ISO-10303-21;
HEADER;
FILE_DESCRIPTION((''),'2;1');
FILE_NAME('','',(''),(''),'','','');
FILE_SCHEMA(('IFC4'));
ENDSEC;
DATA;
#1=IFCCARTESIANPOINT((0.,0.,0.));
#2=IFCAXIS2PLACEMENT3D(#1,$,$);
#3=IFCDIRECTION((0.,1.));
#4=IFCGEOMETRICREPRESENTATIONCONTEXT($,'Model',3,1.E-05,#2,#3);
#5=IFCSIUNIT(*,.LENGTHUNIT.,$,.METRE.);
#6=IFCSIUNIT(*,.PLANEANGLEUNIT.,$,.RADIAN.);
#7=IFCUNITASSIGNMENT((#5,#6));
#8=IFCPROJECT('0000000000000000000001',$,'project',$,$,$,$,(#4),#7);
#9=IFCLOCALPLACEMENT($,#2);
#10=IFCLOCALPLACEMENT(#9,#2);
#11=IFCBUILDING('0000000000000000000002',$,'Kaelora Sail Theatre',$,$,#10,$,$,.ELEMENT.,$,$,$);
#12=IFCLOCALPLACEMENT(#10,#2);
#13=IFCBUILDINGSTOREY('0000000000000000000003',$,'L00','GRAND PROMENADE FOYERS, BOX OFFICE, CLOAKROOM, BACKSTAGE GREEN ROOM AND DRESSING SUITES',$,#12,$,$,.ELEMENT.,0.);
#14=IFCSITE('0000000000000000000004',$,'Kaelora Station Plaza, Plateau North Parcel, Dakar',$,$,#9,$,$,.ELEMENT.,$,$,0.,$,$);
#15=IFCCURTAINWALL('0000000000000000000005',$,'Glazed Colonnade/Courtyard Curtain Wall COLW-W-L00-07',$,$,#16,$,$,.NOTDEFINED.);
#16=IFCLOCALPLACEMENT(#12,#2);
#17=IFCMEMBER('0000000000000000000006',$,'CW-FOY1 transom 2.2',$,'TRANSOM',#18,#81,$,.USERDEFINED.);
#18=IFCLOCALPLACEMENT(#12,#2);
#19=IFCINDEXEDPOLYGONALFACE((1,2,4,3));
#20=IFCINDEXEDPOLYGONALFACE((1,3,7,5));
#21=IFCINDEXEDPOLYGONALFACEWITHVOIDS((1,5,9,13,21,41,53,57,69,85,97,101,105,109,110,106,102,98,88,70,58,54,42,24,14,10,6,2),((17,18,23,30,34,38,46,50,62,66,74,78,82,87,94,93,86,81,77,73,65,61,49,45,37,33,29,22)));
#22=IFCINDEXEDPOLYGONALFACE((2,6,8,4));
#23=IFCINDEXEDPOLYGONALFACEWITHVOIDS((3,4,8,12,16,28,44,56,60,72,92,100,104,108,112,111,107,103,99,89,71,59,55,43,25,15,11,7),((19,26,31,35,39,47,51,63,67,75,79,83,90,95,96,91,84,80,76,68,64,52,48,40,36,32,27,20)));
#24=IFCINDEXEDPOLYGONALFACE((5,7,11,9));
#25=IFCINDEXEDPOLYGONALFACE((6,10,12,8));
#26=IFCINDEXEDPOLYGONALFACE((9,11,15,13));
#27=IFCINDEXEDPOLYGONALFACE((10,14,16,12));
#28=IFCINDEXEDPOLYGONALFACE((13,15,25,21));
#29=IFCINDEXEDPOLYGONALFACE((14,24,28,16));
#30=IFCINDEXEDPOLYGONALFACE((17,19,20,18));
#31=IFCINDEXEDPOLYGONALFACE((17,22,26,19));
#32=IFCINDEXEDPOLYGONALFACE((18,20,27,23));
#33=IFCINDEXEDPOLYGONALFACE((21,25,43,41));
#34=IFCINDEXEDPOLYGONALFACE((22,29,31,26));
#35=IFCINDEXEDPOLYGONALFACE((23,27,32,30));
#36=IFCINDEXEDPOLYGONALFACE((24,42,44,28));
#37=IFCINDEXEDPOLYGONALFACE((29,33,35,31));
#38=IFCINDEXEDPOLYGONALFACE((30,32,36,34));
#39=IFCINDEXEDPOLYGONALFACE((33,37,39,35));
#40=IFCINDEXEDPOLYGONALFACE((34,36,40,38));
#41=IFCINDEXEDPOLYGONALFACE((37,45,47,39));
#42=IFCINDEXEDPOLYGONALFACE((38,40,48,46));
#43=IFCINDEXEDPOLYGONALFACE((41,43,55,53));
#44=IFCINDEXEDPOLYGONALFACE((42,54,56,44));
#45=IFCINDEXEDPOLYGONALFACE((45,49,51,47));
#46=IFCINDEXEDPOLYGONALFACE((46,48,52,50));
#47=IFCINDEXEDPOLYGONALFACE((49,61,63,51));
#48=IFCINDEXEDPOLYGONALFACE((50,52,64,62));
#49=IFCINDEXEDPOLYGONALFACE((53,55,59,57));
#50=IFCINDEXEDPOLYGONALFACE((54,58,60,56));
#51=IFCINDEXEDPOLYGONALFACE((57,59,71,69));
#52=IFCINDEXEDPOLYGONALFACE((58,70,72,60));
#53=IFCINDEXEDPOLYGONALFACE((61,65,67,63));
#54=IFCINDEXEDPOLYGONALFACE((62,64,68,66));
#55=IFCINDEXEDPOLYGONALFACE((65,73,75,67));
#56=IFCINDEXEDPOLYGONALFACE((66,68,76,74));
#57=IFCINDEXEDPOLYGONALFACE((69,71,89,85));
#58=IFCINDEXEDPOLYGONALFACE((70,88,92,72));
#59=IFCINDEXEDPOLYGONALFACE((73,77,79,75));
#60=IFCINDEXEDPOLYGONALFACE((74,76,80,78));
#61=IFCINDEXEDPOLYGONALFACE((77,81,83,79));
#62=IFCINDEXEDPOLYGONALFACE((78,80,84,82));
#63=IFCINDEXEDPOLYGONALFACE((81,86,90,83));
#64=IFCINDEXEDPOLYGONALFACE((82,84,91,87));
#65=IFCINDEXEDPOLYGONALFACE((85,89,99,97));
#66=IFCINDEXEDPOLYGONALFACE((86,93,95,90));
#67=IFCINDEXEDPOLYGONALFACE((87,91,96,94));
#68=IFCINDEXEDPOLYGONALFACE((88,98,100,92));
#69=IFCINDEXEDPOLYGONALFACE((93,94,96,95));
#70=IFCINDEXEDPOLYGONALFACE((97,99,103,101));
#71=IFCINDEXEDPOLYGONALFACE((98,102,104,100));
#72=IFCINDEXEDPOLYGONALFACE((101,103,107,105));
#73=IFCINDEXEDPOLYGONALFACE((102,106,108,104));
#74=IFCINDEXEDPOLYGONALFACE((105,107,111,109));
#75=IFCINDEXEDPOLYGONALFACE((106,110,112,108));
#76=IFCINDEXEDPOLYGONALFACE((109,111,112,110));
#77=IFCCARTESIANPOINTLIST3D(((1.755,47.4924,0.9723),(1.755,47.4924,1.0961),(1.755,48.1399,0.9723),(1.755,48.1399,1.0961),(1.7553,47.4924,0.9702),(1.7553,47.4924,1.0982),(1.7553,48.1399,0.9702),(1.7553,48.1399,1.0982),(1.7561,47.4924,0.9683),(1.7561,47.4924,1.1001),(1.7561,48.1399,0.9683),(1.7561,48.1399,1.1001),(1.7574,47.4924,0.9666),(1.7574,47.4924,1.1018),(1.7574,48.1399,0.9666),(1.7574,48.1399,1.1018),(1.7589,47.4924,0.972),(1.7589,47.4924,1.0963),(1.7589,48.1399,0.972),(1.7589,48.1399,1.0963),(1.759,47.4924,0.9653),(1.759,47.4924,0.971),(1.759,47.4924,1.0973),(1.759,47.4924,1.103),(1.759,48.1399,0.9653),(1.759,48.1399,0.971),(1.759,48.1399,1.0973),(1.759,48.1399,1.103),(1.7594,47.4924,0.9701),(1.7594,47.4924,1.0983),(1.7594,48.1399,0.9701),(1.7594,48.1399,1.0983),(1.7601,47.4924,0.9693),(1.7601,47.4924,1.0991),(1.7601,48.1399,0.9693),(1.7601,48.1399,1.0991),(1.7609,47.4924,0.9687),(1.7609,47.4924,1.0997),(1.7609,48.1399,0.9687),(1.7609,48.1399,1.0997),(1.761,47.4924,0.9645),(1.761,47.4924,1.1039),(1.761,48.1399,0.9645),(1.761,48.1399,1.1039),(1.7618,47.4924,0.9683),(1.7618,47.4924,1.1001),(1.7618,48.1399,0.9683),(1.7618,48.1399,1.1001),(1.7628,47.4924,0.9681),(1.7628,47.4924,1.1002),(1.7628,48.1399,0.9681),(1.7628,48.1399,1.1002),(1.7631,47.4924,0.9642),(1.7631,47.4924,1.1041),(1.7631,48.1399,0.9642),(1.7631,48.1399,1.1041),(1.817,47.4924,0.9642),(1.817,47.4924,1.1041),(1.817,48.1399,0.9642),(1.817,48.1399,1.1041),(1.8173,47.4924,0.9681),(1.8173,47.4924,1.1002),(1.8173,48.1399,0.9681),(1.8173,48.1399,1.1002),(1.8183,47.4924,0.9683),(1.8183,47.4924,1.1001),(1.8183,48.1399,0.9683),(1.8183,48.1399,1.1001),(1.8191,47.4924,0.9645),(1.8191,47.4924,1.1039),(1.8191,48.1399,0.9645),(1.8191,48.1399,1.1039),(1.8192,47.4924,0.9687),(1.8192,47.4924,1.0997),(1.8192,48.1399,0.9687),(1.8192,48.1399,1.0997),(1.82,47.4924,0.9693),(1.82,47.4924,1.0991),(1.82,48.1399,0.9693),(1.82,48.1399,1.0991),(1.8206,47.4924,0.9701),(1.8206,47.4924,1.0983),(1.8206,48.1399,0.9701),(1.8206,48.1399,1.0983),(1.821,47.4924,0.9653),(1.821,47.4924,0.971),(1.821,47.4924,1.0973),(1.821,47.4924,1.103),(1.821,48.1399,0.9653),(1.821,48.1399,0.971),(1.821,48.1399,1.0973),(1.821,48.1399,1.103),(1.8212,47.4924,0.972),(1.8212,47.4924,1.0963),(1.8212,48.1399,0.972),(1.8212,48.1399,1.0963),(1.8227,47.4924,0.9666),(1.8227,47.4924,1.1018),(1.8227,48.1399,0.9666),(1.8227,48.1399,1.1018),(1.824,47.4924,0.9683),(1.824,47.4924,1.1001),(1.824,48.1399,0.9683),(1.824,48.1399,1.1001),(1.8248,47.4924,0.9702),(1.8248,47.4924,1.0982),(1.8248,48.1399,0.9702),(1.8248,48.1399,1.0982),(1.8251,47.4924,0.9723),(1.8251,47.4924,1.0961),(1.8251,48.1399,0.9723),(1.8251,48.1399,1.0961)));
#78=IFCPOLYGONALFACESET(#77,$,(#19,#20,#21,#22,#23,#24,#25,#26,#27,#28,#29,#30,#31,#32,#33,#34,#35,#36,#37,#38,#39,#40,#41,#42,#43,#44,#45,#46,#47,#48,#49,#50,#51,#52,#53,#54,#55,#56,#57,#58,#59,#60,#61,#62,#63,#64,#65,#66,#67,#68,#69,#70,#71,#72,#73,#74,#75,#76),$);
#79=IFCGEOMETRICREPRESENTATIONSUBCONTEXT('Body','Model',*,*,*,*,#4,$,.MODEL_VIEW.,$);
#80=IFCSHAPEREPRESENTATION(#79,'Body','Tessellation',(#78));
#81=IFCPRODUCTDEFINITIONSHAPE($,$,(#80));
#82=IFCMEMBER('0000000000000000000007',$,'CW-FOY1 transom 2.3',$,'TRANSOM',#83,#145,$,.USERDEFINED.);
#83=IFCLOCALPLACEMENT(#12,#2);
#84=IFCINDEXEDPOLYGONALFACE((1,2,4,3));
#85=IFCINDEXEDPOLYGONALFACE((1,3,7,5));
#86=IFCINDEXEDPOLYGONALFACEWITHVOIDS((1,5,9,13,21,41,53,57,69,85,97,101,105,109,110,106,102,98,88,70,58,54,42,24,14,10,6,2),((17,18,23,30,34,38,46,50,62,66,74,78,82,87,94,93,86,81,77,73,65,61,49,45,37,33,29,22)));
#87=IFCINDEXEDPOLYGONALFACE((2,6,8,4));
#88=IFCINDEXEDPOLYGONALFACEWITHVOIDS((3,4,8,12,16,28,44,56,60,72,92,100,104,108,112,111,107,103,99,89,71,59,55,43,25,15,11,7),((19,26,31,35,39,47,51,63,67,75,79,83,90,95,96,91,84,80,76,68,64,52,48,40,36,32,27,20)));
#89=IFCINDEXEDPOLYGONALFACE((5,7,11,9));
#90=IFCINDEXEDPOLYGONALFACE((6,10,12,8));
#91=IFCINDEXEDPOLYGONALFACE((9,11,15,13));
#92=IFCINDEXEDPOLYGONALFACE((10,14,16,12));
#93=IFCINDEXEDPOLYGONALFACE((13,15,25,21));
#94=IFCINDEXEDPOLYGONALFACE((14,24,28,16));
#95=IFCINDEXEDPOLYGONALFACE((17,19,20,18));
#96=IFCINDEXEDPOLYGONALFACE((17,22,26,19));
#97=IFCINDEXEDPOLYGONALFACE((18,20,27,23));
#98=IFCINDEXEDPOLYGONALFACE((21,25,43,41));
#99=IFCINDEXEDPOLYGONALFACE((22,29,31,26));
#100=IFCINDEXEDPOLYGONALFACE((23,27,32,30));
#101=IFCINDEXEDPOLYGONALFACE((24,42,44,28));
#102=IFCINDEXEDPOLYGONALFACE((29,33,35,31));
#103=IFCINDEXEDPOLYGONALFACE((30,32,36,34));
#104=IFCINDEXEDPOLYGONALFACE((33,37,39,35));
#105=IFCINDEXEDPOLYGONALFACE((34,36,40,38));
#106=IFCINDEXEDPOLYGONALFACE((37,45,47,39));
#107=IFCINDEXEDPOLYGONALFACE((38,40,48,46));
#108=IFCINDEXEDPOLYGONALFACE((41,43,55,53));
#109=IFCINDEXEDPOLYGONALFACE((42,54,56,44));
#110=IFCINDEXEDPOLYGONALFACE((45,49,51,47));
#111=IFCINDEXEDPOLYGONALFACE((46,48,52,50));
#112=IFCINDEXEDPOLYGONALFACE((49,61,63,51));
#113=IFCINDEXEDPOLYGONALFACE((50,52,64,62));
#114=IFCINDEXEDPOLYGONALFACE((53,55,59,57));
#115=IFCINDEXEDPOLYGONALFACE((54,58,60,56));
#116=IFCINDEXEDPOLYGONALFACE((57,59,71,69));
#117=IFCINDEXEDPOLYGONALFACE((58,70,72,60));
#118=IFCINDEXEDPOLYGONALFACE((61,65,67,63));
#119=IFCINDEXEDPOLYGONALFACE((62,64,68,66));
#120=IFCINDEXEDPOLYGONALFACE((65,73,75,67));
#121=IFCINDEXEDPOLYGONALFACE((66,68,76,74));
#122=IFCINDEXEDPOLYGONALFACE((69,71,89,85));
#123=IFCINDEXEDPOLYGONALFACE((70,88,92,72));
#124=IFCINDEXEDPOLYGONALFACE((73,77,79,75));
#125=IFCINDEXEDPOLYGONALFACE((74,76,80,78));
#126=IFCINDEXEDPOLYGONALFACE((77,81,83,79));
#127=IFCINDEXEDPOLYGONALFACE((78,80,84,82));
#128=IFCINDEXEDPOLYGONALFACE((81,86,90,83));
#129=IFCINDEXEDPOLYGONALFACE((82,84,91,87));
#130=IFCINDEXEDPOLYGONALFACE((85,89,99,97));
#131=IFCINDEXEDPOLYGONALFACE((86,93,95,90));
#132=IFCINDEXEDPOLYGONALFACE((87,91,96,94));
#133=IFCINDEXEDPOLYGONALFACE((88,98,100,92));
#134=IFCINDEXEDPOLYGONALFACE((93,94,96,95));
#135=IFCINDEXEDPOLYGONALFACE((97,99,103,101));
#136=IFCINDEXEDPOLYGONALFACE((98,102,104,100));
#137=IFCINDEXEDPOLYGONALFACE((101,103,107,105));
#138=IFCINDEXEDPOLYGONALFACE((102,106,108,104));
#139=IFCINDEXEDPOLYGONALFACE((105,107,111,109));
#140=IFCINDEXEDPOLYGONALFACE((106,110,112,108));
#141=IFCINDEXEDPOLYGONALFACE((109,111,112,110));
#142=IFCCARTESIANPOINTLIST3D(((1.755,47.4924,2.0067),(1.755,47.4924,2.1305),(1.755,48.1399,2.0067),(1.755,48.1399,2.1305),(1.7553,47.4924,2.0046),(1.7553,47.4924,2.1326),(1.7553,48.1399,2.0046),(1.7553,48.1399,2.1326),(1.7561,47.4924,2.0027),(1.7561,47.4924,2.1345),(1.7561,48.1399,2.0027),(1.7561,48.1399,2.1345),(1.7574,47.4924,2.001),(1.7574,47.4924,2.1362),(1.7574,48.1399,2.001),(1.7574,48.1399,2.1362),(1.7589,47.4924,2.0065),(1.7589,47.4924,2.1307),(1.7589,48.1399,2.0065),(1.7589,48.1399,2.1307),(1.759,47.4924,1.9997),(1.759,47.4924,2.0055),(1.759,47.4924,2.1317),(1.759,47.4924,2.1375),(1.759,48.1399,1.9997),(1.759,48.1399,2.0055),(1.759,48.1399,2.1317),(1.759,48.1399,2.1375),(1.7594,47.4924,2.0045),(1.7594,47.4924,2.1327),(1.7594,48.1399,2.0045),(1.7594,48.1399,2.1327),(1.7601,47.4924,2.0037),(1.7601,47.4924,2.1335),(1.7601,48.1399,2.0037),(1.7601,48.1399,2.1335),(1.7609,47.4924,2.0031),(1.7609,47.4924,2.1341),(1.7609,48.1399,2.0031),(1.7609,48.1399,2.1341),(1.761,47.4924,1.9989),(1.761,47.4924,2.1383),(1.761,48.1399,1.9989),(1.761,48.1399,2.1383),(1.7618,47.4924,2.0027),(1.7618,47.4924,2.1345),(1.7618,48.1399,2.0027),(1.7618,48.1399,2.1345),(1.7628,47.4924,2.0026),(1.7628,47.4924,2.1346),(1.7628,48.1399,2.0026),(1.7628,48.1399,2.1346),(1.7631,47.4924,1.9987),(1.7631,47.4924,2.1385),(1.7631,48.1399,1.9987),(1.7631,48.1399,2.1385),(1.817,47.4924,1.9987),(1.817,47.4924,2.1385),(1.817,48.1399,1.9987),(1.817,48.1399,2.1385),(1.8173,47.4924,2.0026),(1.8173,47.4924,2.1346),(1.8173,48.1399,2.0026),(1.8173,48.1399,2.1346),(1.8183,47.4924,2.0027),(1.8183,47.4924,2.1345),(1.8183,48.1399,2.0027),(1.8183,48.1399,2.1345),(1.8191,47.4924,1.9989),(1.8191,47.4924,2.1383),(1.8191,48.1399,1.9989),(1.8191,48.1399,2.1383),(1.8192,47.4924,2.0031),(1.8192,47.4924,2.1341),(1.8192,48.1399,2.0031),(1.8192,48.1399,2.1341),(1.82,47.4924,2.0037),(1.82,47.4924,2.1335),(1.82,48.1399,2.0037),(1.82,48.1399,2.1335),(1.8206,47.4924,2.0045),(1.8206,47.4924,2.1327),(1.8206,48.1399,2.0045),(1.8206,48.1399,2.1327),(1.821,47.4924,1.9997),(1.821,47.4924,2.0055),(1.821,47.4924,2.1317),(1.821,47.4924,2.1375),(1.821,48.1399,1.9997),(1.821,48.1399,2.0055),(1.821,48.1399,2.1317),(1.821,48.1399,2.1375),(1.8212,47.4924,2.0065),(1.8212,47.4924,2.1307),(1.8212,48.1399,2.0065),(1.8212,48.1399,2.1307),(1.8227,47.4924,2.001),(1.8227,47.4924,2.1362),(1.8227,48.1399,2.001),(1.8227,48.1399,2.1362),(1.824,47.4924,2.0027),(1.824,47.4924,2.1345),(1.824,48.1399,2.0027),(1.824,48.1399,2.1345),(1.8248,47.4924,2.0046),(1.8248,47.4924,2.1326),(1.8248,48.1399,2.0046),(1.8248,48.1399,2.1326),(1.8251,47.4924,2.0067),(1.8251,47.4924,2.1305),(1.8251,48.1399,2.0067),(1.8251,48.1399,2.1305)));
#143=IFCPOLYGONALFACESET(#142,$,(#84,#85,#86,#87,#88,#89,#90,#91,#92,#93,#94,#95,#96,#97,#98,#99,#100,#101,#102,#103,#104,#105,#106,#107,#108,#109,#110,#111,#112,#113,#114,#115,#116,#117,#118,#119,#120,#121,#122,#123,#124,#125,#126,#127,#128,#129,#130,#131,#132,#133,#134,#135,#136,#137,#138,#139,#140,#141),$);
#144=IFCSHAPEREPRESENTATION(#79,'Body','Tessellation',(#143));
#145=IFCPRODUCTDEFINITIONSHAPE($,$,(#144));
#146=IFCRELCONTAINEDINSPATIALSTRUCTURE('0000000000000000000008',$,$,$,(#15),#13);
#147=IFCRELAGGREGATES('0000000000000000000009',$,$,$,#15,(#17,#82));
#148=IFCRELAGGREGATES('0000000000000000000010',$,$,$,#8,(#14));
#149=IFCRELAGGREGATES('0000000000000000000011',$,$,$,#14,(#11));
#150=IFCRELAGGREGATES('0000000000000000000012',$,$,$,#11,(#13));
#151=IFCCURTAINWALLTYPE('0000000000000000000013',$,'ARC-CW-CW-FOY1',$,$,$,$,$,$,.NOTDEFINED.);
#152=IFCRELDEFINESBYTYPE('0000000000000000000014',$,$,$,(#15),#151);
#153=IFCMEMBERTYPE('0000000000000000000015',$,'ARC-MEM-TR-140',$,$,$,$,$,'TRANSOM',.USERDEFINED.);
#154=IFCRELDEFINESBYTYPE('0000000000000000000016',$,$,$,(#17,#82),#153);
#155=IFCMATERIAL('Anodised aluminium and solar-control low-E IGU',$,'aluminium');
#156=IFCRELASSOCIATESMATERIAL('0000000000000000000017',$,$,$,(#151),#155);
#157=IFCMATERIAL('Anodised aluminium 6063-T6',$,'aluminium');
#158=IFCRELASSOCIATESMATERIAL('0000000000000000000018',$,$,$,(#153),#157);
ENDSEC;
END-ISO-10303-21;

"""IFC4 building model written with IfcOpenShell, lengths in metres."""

from ifc_helpers import new_model, si_unit, direction, frame, origin, origin_2d, place, context, subcontext, project, spatial, hollow_rectangle, extrude, material, material_profile, profile_set, type_object, element, aggregate, save


model = new_model("IFC4")

# Units and contexts
model_context = context("Model", 3, precision=1e-05, world=origin(), true_north=direction((0.0, 1.0)))
body_context = subcontext(model_context, "Body", "Model", "MODEL_VIEW")
ifc_project = project(units=[si_unit("LENGTHUNIT", "METRE"), si_unit("PLANEANGLEUNIT", "RADIAN")], contexts=[model_context])

# Site, building, storey
site_placement = place(None, origin())
site = spatial("IfcSite", under=ifc_project, at=site_placement, Name="Kaelora Station Plaza, Plateau North Parcel, Dakar", CompositionType="ELEMENT", RefElevation=0.0)
building_placement = place(site_placement, origin())
building = spatial("IfcBuilding", under=site, at=building_placement, Name="Kaelora Sail Theatre", CompositionType="ELEMENT")
storey_placement = place(building_placement, origin())
storey = spatial("IfcBuildingStorey", under=building, at=storey_placement, Name="L00", Description="GRAND PROMENADE FOYERS, BOX OFFICE, CLOAKROOM, BACKSTAGE GREEN ROOM AND DRESSING SUITES", CompositionType="ELEMENT", Elevation=0.0)

# Curtain wall
ifc_material_1 = material(Name="Anodised aluminium and solar-control low-E IGU", Category="aluminium")
curtain_wall_type = type_object("IfcCurtainWallType", Name="ARC-CW-CW-FOY1", PredefinedType="NOTDEFINED", material=ifc_material_1)
curtain_wall_1_placement = place(storey_placement, origin())
curtain_wall_1 = element("IfcCurtainWall", 1, at=curtain_wall_1_placement, inside=storey, type_object=curtain_wall_type, Name="Glazed Colonnade/Courtyard Curtain Wall COLW-W-L00-07", PredefinedType="NOTDEFINED")

# Members
ifc_material_2 = material(Name="Anodised aluminium 6063-T6", Category="aluminium")
ifc_material_profile_1 = material_profile(ifc_material_2, hollow_rectangle(XDim=0.0701, YDim=0.1399, WallThickness=0.0039, InnerFilletRadius=0.0039, OuterFilletRadius=0.0081, at=origin_2d()), Name="ALU-TRAN 70x140x4")
ifc_profile_set_1 = profile_set([ifc_material_profile_1], Name="Anodised aluminium 6063-T6")
member_type_1 = type_object("IfcMemberType", Name="ARC-MEM-TR-140", ElementType="TRANSOM", PredefinedType="USERDEFINED", material=ifc_profile_set_1)
member_1_placement = place(storey_placement, frame((1.79, 47.4924, 1.0342), z_axis=(0.0, 1.0, 0.0), x_axis=(-1.0, 0.0, 0.0)))
member_1 = element("IfcMember", 2, at=member_1_placement, type_object=member_type_1, Name="CW-FOY1 transom 2.2", ObjectType="TRANSOM", PredefinedType="USERDEFINED", context=body_context, shape_type="SweptSolid", body=[
    extrude(hollow_rectangle(XDim=0.0701, YDim=0.1399, WallThickness=0.0039, InnerFilletRadius=0.0039, OuterFilletRadius=0.0081, at=origin_2d()), origin(), (0.0, 0.0, 1.0), 0.6475),
])
member_2_placement = place(storey_placement, frame((1.79, 47.4924, 2.0686), z_axis=(0.0, 1.0, 0.0), x_axis=(-1.0, 0.0, 0.0)))
member_2 = element("IfcMember", 3, at=member_2_placement, type_object=member_type_1, Name="CW-FOY1 transom 2.3", ObjectType="TRANSOM", PredefinedType="USERDEFINED", context=body_context, shape_type="SweptSolid", body=[
    extrude(hollow_rectangle(XDim=0.0701, YDim=0.1399, WallThickness=0.0039, InnerFilletRadius=0.0039, OuterFilletRadius=0.0081, at=origin_2d()), origin(), (0.0, 0.0, 1.0), 0.6475),
])

aggregate(curtain_wall_1, [member_1, member_2])

save(model, "model.ifc")
